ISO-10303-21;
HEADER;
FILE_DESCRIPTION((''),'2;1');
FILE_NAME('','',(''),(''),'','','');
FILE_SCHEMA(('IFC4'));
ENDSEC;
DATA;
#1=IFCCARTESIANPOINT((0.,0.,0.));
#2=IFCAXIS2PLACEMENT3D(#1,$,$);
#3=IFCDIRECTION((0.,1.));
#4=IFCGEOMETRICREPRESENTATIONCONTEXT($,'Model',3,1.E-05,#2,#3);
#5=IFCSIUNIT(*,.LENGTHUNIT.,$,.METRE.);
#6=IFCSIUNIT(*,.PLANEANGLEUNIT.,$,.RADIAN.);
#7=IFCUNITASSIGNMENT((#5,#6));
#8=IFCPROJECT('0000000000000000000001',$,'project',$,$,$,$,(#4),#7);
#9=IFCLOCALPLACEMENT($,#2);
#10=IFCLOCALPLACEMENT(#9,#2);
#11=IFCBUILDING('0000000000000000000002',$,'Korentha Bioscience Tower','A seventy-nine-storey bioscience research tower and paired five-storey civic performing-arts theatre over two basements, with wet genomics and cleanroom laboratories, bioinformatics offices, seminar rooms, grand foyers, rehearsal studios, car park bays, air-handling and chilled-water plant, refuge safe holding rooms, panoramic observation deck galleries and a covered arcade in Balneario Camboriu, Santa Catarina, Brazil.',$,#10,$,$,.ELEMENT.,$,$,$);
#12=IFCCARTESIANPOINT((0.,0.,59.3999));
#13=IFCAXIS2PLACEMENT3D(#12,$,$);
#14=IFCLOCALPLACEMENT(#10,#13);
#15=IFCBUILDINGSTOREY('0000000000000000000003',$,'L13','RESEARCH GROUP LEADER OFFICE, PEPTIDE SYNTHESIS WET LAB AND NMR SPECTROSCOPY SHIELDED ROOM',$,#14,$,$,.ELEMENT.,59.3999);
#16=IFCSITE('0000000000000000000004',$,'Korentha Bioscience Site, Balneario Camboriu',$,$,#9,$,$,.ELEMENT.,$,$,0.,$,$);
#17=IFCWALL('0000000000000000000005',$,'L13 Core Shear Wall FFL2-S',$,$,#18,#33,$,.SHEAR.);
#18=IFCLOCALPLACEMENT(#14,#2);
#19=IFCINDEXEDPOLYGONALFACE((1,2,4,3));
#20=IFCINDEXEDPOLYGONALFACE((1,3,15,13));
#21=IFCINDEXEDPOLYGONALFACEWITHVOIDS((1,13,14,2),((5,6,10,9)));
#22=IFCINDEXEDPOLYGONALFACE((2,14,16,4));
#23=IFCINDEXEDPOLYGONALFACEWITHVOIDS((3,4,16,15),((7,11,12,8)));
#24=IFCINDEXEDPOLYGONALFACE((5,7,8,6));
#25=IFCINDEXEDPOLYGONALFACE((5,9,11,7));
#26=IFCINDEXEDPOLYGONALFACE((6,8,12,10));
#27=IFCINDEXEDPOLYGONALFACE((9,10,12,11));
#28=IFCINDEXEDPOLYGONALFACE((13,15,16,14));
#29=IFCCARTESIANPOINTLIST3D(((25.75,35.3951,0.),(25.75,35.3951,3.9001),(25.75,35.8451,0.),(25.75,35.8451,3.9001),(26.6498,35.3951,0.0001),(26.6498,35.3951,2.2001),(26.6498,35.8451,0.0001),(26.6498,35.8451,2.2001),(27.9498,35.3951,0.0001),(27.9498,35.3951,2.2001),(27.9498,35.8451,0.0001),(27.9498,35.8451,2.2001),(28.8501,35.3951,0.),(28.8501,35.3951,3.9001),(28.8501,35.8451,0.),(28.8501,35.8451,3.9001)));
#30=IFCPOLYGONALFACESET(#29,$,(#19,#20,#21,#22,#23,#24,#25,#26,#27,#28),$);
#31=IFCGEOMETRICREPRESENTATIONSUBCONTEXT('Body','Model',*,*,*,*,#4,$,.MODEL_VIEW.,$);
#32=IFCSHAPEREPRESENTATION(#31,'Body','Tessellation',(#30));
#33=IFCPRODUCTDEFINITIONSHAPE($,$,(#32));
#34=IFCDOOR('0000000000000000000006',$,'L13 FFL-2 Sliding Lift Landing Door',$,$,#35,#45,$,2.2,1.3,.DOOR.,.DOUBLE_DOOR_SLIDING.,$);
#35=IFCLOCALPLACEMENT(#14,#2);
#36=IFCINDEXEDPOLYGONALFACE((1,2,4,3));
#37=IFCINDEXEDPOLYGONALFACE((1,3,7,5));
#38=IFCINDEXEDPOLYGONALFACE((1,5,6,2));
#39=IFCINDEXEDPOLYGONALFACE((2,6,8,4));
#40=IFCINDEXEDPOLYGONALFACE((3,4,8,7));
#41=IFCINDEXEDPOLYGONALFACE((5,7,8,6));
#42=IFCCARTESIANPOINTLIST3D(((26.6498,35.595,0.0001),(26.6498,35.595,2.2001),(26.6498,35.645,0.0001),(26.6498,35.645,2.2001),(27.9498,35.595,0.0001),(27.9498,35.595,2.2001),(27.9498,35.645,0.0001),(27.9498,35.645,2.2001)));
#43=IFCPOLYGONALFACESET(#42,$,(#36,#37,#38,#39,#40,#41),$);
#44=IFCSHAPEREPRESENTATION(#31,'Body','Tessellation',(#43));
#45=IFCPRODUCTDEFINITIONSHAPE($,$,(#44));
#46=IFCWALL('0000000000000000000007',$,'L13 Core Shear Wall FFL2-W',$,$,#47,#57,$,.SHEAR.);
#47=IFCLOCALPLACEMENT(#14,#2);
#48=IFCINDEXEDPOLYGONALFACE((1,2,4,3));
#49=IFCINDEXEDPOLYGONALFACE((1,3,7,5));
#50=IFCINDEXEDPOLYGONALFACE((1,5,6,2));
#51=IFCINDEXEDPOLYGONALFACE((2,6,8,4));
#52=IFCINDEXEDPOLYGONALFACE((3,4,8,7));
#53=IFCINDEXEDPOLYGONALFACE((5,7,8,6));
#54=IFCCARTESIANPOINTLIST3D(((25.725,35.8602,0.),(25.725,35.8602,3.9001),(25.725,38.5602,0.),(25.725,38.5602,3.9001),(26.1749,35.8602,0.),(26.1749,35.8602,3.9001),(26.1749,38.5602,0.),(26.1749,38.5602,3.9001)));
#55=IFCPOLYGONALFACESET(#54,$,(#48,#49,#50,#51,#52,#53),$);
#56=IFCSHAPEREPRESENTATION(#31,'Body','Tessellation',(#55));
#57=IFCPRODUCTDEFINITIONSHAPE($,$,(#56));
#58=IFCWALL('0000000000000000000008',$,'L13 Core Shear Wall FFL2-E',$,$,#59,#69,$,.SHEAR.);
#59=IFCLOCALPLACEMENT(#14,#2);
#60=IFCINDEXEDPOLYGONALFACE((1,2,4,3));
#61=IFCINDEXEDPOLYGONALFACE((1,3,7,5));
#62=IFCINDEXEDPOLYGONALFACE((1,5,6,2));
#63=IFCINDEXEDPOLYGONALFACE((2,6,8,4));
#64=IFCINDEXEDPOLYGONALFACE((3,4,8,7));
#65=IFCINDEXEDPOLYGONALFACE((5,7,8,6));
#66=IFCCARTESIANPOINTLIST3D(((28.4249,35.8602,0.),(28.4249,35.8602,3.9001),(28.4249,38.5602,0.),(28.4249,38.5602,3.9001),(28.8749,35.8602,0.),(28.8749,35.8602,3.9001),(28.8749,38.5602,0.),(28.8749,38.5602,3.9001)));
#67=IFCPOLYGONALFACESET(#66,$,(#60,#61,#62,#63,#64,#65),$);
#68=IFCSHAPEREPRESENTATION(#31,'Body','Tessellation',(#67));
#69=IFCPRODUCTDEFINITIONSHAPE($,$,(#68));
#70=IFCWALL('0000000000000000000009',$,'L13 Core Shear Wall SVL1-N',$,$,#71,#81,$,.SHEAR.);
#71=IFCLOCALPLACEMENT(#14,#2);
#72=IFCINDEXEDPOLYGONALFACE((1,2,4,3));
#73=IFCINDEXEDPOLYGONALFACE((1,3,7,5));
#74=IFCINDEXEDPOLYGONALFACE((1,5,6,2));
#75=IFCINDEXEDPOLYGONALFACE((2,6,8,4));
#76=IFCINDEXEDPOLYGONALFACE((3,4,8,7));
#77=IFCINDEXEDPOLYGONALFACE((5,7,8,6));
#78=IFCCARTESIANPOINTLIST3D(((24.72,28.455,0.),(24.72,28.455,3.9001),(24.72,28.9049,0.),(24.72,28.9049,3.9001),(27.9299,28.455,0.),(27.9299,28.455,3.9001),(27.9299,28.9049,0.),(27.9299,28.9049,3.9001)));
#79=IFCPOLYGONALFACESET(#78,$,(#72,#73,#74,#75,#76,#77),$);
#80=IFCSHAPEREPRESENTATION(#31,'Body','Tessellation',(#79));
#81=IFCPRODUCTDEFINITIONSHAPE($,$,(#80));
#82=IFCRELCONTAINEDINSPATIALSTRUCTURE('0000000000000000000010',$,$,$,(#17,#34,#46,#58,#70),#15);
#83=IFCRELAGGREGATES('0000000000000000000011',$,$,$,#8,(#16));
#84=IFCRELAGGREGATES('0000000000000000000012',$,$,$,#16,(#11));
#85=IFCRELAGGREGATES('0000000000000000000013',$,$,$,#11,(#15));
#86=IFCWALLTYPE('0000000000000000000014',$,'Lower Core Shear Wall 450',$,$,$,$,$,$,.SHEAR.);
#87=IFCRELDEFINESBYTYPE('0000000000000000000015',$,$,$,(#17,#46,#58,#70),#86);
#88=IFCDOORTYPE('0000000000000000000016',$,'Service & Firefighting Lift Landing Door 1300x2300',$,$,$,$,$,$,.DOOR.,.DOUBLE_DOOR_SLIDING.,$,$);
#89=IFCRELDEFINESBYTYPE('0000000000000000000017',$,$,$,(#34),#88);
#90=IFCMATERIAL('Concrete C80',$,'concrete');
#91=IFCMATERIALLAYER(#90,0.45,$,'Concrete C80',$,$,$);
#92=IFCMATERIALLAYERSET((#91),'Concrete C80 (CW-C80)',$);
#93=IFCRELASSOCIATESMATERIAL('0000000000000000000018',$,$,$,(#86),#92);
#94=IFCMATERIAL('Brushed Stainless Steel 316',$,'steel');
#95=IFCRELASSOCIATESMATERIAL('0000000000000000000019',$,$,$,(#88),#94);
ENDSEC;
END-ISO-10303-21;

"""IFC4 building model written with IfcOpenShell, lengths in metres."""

from ifc_helpers import new_model, si_unit, direction, frame, frame_2d, origin, place, context, subcontext, project, spatial, rectangle, extrude, material, layer, layer_set, type_object, element, fill, save


model = new_model("IFC4")

# Units and contexts
model_context = context("Model", 3, precision=1e-05, world=origin(), true_north=direction((0.0, 1.0)))
body_context = subcontext(model_context, "Body", "Model", "MODEL_VIEW")
ifc_project = project(units=[si_unit("LENGTHUNIT", "METRE"), si_unit("PLANEANGLEUNIT", "RADIAN")], contexts=[model_context])

# Site, building, storey
site_placement = place(None, origin())
site = spatial("IfcSite", under=ifc_project, at=site_placement, Name="Korentha Bioscience Site, Balneario Camboriu", CompositionType="ELEMENT", RefElevation=0.0)
building_placement = place(site_placement, origin())
building = spatial("IfcBuilding", under=site, at=building_placement, Name="Korentha Bioscience Tower", Description="A seventy-nine-storey bioscience research tower and paired five-storey civic performing-arts theatre over two basements, with wet genomics and cleanroom laboratories, bioinformatics offices, seminar rooms, grand foyers, rehearsal studios, car park bays, air-handling and chilled-water plant, refuge safe holding rooms, panoramic observation deck galleries and a covered arcade in Balneario Camboriu, Santa Catarina, Brazil.", CompositionType="ELEMENT")
storey_placement = place(building_placement, frame((0.0, 0.0, 59.3999)))
storey = spatial("IfcBuildingStorey", under=building, at=storey_placement, Name="L13", Description="RESEARCH GROUP LEADER OFFICE, PEPTIDE SYNTHESIS WET LAB AND NMR SPECTROSCOPY SHIELDED ROOM", CompositionType="ELEMENT", Elevation=59.3999)

# Shared definitions
ifc_material_1 = material(Name="Concrete C80", Category="concrete")
ifc_layer_1 = layer(ifc_material_1, 0.45, Name="Concrete C80")
ifc_layer_set_1 = layer_set([ifc_layer_1], Name="Concrete C80 (CW-C80)")
wall_type_1 = type_object("IfcWallType", Name="Lower Core Shear Wall 450", PredefinedType="SHEAR", material=ifc_layer_set_1)

# Wall, opening, door
wall_1_placement = place(storey_placement, frame((25.75, 35.6201, 0.0), z_axis=(0.0, 0.0, 1.0), x_axis=(1.0, 0.0, 0.0)))
wall_1 = element("IfcWall", 1, at=wall_1_placement, inside=storey, type_object=wall_type_1, Name="L13 Core Shear Wall FFL2-S", PredefinedType="SHEAR", context=body_context, shape_type="SweptSolid", body=[
    extrude(rectangle(XDim=3.1001, YDim=0.45, at=frame_2d((1.55, 0.0))), origin(), (0.0, 0.0, 1.0), 3.9001),
])
opening_1_placement = place(wall_1_placement, frame((0.8999, 0.0, 0.0)))
opening_1 = element("IfcOpeningElement", 2, at=opening_1_placement, cuts=wall_1, PredefinedType="OPENING", context=body_context, shape_type="SweptSolid", body=[
    extrude(rectangle(XDim=1.3, YDim=2.2, at=frame_2d((0.6499, 1.1001))), frame((0.0, 0.2397, 0.0), z_axis=(0.0, -1.0, 0.0), x_axis=(1.0, 0.0, 0.0)), (0.0, 0.0, 1.0), 0.4797),
])
ifc_material_2 = material(Name="Brushed Stainless Steel 316", Category="steel")
door_type_1 = type_object("IfcDoorType", Name="Service & Firefighting Lift Landing Door 1300x2300", OperationType="DOUBLE_DOOR_SLIDING", PredefinedType="DOOR", material=ifc_material_2)
door_1_placement = place(opening_1_placement, origin())
door_1 = element("IfcDoor", 3, at=door_1_placement, inside=storey, type_object=door_type_1, Name="L13 FFL-2 Sliding Lift Landing Door", OperationType="DOUBLE_DOOR_SLIDING", OverallHeight=2.2, OverallWidth=1.3, PredefinedType="DOOR", context=body_context, shape_type="SweptSolid", body=[
    extrude(rectangle(XDim=1.3, YDim=2.2, at=frame_2d((0.6499, 1.1001))), frame((0.0, 0.0249, 0.0), z_axis=(0.0, -1.0, 0.0), x_axis=(1.0, 0.0, 0.0)), (0.0, 0.0, 1.0), 0.05),
])
fill(opening_1, door_1)

# Walls
for number, where, z_axis, x_axis, name in (
    (4, (25.95, 35.8601, 0.0), (0.0, 0.0, 1.0), (0.0, 1.0, 0.0), "L13 Core Shear Wall FFL2-W"),
    (5, (28.6499, 35.8601, 0.0), (0.0, 0.0, 1.0), (0.0, 1.0, 0.0), "L13 Core Shear Wall FFL2-E"),
):
    element("IfcWall", number, at=place(storey_placement, frame(where, z_axis=z_axis, x_axis=x_axis)), inside=storey, type_object=wall_type_1, Name=name, PredefinedType="SHEAR", context=body_context, shape_type="SweptSolid", body=[
        extrude(rectangle(XDim=2.7, YDim=0.45, at=frame_2d((1.3501, 0.0))), origin(), (0.0, 0.0, 1.0), 3.9001),
    ])
wall_2_placement = place(storey_placement, frame((24.72, 28.6799, 0.0), z_axis=(0.0, 0.0, 1.0), x_axis=(1.0, 0.0, 0.0)))
element("IfcWall", 6, at=wall_2_placement, inside=storey, type_object=wall_type_1, Name="L13 Core Shear Wall SVL1-N", PredefinedType="SHEAR", context=body_context, shape_type="SweptSolid", body=[
    extrude(rectangle(XDim=3.21, YDim=0.45, at=frame_2d((1.605, 0.0))), origin(), (0.0, 0.0, 1.0), 3.9001),
])

save(model, "model.ifc")
